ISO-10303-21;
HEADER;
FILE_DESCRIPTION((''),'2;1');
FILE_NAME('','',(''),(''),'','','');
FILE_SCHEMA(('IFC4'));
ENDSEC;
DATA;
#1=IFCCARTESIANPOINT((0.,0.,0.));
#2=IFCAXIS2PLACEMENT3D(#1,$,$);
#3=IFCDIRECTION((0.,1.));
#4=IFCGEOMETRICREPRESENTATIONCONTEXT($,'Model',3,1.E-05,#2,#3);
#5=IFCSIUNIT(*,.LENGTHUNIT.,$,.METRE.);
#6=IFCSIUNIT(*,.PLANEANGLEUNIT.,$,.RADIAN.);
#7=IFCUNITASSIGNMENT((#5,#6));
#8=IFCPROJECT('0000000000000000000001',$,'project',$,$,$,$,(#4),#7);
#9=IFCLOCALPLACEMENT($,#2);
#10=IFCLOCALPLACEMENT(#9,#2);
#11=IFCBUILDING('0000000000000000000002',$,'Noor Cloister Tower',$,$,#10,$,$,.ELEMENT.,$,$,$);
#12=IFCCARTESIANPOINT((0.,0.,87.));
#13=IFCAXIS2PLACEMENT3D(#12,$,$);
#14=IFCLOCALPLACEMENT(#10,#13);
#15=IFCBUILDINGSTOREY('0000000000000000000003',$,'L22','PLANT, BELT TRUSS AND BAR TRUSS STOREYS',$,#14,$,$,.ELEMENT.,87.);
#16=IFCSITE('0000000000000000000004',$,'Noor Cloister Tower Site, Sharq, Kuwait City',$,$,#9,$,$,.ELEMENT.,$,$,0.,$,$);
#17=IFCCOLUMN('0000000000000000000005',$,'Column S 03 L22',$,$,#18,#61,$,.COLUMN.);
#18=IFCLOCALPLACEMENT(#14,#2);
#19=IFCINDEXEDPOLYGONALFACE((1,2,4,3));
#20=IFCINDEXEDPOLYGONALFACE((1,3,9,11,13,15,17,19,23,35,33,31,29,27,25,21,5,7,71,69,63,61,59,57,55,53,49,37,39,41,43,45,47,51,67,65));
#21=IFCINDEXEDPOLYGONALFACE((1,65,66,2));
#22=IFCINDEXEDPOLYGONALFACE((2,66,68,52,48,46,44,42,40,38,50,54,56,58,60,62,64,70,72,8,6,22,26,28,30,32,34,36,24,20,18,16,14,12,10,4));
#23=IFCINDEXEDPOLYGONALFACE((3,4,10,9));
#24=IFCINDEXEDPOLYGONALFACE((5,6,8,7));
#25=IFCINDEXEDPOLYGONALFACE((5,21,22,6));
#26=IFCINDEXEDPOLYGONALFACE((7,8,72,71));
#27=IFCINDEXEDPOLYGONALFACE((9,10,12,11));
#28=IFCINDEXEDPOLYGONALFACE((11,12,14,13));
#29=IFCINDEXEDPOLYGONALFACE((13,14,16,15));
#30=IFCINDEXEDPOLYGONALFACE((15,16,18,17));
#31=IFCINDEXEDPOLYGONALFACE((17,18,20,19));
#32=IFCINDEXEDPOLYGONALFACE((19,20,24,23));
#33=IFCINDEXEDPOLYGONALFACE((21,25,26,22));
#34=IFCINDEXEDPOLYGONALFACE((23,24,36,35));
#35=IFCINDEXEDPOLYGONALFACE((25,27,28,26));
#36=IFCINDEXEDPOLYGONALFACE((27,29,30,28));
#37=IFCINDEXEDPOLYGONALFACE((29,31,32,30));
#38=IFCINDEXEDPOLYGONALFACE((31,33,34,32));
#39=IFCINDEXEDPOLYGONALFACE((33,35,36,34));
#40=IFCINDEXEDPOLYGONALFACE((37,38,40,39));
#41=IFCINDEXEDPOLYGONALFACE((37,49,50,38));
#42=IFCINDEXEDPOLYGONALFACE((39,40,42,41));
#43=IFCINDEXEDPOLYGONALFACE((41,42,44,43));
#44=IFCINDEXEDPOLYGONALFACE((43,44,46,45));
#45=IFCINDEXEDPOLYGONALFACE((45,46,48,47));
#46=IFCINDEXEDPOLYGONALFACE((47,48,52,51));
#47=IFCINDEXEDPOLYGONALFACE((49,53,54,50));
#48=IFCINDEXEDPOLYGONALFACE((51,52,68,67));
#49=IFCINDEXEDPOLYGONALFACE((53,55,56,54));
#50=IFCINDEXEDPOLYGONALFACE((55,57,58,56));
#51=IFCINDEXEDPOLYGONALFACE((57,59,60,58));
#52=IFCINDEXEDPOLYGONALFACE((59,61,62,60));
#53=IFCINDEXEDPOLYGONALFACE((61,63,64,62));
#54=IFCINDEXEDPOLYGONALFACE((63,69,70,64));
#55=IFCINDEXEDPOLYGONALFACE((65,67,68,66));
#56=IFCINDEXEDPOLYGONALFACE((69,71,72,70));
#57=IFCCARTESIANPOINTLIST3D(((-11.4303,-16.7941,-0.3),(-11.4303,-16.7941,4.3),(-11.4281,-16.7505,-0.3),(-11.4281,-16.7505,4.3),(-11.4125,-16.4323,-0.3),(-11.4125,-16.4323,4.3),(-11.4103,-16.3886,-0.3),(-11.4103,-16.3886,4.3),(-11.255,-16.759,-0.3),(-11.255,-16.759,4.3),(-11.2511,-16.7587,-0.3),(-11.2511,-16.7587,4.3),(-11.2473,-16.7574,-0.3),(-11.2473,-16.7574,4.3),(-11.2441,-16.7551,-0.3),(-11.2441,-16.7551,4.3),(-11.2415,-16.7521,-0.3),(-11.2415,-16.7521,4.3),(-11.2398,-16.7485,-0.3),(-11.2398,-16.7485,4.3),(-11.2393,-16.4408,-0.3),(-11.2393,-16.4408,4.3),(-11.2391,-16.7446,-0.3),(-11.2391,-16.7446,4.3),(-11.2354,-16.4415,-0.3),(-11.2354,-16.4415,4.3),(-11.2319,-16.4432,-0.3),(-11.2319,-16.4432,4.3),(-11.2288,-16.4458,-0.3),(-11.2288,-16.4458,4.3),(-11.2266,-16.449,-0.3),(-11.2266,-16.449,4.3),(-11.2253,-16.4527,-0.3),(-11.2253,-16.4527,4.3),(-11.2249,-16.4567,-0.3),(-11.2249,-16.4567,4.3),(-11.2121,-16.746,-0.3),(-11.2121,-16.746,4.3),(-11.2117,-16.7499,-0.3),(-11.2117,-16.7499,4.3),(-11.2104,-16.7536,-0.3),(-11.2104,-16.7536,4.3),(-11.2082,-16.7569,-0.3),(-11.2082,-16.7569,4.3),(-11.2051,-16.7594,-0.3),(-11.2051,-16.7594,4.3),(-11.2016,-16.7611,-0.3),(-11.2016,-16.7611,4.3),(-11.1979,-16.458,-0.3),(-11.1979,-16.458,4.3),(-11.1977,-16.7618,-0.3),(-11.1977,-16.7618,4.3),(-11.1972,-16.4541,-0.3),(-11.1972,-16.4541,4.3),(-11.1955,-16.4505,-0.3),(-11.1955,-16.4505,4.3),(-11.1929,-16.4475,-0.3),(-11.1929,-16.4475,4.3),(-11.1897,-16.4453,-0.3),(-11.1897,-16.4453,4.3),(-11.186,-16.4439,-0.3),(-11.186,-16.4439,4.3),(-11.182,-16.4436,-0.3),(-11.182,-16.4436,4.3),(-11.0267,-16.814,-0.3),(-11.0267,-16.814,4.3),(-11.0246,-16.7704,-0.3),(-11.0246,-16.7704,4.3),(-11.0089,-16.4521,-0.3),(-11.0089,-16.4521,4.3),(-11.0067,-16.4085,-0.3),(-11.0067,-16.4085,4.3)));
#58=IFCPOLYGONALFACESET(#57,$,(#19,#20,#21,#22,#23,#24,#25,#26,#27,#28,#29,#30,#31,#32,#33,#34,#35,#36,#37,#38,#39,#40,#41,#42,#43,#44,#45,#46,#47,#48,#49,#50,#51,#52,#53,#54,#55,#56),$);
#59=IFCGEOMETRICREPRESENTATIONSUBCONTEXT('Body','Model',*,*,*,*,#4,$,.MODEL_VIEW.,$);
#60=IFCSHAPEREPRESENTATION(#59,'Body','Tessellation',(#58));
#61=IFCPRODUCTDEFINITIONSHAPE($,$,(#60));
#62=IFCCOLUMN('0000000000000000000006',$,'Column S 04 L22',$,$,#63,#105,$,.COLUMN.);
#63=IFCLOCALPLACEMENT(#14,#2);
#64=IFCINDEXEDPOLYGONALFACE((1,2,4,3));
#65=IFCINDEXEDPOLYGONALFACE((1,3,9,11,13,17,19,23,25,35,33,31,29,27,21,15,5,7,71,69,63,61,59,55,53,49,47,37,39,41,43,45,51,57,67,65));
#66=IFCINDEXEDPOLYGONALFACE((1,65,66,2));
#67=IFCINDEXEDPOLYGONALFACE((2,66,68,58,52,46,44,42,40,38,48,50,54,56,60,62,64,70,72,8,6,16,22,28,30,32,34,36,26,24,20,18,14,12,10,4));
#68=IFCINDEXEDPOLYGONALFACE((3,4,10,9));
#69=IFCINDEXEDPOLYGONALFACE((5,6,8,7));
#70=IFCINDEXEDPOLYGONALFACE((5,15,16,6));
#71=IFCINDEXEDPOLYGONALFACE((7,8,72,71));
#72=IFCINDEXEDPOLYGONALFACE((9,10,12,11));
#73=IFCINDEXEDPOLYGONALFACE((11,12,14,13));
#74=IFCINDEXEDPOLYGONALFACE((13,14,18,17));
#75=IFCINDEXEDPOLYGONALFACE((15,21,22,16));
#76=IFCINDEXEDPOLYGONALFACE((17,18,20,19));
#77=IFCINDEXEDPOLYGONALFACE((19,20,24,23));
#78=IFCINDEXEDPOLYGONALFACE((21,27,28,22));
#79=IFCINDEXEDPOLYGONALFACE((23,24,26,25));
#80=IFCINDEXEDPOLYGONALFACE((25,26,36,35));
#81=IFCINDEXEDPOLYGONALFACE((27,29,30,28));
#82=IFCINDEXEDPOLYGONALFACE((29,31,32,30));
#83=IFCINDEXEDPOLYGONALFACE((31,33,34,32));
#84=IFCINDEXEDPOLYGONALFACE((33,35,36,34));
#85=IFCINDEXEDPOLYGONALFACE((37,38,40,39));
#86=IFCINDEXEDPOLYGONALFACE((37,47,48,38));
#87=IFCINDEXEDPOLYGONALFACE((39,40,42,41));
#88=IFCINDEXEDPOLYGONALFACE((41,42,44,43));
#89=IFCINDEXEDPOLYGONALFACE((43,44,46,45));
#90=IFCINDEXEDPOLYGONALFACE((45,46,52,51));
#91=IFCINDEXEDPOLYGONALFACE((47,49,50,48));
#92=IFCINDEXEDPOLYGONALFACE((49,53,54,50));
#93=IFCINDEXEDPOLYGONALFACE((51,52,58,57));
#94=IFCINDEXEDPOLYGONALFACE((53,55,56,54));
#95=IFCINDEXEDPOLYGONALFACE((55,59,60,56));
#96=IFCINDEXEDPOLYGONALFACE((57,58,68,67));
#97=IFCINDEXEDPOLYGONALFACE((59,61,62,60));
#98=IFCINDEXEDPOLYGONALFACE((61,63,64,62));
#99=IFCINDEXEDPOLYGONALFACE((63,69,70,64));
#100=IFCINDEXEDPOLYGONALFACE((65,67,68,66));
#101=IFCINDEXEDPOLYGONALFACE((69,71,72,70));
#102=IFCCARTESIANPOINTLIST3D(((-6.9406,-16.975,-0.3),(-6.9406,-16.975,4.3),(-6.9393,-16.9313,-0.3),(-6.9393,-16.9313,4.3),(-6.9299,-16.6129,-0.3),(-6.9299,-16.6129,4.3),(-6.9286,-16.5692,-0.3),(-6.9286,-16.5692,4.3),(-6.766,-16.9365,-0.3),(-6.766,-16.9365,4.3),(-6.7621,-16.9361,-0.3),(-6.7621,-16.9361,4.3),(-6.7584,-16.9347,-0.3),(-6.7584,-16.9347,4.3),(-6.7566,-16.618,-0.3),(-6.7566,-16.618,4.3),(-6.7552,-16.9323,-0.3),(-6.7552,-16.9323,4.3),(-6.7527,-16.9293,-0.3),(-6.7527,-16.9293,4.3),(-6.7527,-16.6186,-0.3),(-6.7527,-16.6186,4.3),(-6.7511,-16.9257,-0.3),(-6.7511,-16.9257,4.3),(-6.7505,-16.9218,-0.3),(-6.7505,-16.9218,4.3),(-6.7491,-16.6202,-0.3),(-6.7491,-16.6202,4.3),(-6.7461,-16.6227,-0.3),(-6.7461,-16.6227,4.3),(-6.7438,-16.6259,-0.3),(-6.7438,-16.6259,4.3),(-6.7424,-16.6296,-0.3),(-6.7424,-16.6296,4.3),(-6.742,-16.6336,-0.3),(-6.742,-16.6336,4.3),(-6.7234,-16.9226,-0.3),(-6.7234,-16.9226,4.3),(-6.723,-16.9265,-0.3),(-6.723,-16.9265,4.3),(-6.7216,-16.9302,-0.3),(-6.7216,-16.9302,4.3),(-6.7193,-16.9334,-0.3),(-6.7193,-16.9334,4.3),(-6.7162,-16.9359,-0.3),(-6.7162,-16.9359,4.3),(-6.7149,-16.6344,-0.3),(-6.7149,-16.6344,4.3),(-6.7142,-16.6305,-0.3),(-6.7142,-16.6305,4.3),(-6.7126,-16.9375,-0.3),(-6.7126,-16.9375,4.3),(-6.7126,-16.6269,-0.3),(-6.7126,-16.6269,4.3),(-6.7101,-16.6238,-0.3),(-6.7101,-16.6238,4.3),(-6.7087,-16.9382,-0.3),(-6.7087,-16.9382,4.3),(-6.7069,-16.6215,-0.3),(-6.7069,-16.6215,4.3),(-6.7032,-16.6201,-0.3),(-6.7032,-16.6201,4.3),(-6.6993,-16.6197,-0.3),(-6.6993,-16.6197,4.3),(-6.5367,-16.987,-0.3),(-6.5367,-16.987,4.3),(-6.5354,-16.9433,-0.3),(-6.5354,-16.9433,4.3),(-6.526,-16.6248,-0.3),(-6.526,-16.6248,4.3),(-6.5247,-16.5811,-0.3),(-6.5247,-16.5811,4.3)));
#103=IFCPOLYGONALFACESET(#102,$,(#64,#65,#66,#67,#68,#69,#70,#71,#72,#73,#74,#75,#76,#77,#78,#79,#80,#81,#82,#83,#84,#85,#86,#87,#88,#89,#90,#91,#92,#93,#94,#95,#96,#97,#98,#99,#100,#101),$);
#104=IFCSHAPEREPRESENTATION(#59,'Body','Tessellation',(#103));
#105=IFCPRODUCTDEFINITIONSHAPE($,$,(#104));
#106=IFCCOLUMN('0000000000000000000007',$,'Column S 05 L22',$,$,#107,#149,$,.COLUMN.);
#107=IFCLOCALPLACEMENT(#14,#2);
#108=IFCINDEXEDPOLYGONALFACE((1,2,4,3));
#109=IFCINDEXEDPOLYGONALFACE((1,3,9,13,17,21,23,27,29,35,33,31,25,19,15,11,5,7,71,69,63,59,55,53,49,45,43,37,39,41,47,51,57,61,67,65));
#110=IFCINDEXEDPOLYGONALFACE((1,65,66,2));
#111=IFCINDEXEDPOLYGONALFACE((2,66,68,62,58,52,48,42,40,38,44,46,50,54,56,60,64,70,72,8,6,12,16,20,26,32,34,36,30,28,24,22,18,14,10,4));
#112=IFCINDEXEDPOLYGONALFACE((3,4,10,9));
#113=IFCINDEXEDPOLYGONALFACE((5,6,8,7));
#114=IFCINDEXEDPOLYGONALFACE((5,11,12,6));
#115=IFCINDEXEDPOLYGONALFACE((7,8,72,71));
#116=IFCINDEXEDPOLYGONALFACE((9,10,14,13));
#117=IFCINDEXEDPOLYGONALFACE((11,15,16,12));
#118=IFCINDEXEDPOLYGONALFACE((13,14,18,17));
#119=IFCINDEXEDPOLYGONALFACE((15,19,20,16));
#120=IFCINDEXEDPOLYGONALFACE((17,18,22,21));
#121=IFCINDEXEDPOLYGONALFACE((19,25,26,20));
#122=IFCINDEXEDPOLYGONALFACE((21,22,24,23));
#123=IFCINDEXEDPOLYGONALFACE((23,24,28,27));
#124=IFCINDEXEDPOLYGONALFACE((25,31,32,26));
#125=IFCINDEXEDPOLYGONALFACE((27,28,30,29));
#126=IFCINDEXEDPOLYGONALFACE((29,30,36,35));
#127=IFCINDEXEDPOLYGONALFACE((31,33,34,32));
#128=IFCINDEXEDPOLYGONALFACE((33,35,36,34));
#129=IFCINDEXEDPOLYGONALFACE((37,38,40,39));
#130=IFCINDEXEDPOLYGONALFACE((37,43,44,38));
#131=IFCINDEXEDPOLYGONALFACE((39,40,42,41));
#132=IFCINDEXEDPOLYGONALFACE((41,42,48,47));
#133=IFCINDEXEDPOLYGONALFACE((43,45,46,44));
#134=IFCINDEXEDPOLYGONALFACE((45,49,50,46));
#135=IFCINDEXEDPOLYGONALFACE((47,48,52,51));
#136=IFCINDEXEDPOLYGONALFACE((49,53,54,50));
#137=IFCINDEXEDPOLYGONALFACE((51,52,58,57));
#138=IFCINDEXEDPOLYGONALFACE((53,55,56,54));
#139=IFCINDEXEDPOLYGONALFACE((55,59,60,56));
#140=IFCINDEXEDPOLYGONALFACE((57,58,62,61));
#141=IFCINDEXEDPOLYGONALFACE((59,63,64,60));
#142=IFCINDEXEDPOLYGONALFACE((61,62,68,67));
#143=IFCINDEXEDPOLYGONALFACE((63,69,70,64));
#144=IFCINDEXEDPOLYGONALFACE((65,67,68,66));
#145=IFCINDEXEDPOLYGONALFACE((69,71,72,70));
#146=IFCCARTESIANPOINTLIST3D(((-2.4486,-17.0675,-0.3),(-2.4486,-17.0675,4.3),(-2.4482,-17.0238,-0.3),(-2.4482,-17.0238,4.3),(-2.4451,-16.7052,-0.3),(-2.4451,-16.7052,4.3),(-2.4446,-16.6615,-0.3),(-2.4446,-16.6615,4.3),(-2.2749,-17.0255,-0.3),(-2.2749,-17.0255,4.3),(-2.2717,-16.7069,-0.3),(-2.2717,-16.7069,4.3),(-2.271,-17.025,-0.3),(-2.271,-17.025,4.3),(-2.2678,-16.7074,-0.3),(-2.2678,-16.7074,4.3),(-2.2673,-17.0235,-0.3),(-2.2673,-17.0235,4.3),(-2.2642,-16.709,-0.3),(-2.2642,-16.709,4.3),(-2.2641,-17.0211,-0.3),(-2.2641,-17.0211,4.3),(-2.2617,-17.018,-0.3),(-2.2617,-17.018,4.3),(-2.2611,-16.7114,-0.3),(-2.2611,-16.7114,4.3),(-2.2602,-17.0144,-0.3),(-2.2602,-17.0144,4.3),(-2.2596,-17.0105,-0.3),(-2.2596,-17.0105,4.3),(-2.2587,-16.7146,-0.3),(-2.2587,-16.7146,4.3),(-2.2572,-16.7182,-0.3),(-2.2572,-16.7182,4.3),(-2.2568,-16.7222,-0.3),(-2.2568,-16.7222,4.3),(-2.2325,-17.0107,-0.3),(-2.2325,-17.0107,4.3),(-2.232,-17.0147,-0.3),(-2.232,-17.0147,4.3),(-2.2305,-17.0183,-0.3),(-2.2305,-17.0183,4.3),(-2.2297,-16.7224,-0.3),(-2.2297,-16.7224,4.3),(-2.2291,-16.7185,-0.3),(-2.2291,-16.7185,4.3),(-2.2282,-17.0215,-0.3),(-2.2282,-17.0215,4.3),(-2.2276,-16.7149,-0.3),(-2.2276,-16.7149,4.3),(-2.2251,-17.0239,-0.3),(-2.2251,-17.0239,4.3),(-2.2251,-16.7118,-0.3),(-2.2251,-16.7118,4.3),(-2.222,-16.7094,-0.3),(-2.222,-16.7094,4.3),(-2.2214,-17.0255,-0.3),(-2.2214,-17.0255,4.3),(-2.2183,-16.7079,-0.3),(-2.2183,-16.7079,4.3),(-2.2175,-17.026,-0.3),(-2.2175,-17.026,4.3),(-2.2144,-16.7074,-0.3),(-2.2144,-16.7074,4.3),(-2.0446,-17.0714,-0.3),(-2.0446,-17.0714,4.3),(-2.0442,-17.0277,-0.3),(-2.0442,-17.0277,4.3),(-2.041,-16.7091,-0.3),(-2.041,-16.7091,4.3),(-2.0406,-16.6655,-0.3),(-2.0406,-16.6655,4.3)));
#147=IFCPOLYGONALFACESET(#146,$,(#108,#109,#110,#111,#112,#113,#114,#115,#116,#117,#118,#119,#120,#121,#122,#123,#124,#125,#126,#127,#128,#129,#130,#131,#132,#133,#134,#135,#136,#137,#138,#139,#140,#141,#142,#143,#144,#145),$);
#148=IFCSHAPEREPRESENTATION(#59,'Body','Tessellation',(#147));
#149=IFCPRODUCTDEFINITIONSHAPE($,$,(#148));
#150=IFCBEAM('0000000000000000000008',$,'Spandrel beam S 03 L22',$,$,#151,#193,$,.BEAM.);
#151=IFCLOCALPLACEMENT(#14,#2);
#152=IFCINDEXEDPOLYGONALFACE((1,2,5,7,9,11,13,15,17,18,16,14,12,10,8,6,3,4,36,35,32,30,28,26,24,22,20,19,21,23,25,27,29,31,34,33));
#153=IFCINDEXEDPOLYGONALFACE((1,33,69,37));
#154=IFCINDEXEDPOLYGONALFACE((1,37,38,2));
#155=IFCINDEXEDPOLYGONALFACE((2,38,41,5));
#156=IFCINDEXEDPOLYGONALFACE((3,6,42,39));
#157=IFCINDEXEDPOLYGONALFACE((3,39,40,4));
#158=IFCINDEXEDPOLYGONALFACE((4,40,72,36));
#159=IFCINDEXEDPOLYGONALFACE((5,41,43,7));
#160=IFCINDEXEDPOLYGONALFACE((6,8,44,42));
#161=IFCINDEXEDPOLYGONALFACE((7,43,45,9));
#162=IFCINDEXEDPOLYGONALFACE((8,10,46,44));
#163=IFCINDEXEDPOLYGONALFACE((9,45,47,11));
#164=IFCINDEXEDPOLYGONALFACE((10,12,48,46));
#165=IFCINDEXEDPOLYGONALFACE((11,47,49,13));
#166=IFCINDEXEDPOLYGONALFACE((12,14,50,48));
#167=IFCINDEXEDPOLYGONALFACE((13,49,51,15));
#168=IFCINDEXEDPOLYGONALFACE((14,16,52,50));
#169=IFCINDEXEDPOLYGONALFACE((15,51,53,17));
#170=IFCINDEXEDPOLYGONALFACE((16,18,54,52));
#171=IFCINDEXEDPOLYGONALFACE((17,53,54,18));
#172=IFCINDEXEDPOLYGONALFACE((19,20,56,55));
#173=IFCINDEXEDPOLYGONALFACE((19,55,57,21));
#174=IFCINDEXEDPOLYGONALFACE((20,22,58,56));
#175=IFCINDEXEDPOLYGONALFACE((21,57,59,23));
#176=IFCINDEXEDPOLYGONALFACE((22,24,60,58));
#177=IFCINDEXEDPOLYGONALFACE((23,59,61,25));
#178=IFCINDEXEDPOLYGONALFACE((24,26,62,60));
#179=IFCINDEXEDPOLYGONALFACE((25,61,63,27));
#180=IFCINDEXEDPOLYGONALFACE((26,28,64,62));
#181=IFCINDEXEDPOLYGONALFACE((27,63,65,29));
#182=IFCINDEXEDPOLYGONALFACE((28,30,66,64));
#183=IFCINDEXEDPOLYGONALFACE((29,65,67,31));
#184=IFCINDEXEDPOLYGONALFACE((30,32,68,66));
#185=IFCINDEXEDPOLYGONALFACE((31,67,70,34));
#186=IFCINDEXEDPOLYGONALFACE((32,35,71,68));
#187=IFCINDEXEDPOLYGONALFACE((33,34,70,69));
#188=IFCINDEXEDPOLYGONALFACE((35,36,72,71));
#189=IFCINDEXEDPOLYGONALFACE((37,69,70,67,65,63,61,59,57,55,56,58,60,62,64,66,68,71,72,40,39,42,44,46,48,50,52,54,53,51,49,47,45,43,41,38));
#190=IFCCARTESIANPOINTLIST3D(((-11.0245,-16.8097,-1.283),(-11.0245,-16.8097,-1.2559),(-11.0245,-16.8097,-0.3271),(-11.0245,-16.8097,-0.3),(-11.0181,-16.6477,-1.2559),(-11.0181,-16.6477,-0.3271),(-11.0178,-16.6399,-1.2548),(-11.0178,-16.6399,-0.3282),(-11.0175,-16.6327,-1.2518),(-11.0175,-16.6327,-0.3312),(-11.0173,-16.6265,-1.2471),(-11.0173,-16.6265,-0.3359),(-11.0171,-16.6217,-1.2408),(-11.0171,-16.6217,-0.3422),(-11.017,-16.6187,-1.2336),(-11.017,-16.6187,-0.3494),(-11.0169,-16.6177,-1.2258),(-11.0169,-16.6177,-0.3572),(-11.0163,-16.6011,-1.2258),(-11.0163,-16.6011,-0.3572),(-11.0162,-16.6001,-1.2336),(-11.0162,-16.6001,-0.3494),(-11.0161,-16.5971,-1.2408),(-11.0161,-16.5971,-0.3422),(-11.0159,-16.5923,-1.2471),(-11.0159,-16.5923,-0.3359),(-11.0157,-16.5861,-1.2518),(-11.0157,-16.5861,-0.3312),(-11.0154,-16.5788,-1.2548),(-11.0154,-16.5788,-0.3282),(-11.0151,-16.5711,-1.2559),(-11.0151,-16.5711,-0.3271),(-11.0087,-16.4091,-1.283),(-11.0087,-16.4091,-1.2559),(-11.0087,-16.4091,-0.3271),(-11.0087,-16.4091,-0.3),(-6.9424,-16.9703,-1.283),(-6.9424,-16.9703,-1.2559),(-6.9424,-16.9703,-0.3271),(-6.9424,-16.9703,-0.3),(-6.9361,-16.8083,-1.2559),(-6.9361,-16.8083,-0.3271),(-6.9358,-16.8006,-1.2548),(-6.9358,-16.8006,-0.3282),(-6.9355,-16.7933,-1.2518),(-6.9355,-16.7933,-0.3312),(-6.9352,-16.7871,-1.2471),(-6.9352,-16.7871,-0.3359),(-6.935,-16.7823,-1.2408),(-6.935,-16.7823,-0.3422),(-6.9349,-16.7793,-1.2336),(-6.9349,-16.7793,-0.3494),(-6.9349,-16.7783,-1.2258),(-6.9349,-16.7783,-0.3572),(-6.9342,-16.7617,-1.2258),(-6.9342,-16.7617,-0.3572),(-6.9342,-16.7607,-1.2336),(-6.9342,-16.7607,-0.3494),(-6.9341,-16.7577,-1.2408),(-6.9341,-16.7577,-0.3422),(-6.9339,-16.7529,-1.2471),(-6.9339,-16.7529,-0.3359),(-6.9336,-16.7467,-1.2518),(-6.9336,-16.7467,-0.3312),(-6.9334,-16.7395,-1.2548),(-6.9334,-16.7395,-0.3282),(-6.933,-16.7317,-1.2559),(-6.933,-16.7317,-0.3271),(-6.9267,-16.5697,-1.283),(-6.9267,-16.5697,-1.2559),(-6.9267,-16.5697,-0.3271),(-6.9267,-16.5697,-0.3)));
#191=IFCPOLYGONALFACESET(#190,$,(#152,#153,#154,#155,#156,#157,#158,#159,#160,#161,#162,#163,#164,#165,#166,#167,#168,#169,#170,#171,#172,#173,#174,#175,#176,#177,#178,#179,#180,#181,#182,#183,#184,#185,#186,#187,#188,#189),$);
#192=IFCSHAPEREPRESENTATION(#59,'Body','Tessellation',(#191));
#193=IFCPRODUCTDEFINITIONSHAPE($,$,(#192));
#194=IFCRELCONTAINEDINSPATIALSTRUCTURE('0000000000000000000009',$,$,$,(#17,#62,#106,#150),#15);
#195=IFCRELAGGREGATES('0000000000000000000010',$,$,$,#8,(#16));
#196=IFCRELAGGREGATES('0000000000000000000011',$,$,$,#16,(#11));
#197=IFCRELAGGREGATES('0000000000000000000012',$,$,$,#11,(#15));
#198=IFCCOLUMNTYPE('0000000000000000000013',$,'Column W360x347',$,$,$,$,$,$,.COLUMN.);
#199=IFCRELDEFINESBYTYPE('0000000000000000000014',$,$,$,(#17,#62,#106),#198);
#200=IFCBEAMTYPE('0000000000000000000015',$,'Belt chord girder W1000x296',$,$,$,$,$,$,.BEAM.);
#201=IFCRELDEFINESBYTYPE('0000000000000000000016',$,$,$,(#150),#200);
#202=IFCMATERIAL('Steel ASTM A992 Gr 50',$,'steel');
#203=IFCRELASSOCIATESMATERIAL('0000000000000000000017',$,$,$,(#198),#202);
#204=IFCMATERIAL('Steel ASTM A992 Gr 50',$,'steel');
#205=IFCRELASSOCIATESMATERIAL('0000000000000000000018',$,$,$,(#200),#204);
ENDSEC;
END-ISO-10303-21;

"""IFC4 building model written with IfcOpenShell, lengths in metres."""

from ifc_helpers import new_model, si_unit, direction, frame, origin, origin_2d, place, context, subcontext, project, spatial, i_section, extrude, material, material_profile, profile_set, type_object, element, save


model = new_model("IFC4")

# Units and contexts
model_context = context("Model", 3, precision=1e-05, world=origin(), true_north=direction((0.0, 1.0)))
body_context = subcontext(model_context, "Body", "Model", "MODEL_VIEW")
ifc_project = project(units=[si_unit("LENGTHUNIT", "METRE"), si_unit("PLANEANGLEUNIT", "RADIAN")], contexts=[model_context])

# Site, building, storey
site_placement = place(None, origin())
site = spatial("IfcSite", under=ifc_project, at=site_placement, Name="Noor Cloister Tower Site, Sharq, Kuwait City", CompositionType="ELEMENT", RefElevation=0.0)
building_placement = place(site_placement, origin())
building = spatial("IfcBuilding", under=site, at=building_placement, Name="Noor Cloister Tower", CompositionType="ELEMENT")
storey_placement = place(building_placement, frame((0.0, 0.0, 87.0)))
storey = spatial("IfcBuildingStorey", under=building, at=storey_placement, Name="L22", Description="PLANT, BELT TRUSS AND BAR TRUSS STOREYS", CompositionType="ELEMENT", Elevation=87.0)

# Columns
ifc_material_1 = material(Name="Steel ASTM A992 Gr 50", Category="steel")
ifc_material_profile_1 = material_profile(ifc_material_1, i_section(OverallWidth=0.4041, OverallDepth=0.406, WebThickness=0.0271, FlangeThickness=0.0437, FilletRadius=0.0151, at=origin_2d()), Name="W360x347")
ifc_profile_set_1 = profile_set([ifc_material_profile_1], Name="Steel ASTM A992 Gr 50")
column_type = type_object("IfcColumnType", Name="Column W360x347", PredefinedType="COLUMN", material=ifc_profile_set_1)
for number, where, z_axis, x_axis, name in (
    (1, (-11.2185, -16.6013, -0.3), (0.0, 0.0, 1.0), (0.99879, -0.049188, 0.0), "Column S 03 L22"),
    (2, (-6.7327, -16.7781, -0.3), (0.0, 0.0, 1.0), (0.999564, -0.029521, 0.0), "Column S 04 L22"),
    (3, (-2.2446, -16.8665, -0.3), (0.0, 0.0, 1.0), (0.999952, -0.009841, 0.0), "Column S 05 L22"),
):
    element("IfcColumn", number, at=place(storey_placement, frame(where, z_axis=z_axis, x_axis=x_axis)), inside=storey, type_object=column_type, Name=name, PredefinedType="COLUMN", context=body_context, shape_type="SweptSolid", body=[
        extrude(i_section(OverallWidth=0.4041, OverallDepth=0.406, WebThickness=0.0271, FlangeThickness=0.0437, FilletRadius=0.0151, at=origin_2d()), origin(), (0.0, 0.0, 1.0), 4.6001),
    ])

# Beam
ifc_material_2 = material(Name="Steel ASTM A992 Gr 50", Category="steel")
ifc_material_profile_2 = material_profile(ifc_material_2, i_section(OverallWidth=0.4009, OverallDepth=0.9829, WebThickness=0.0166, FlangeThickness=0.0271, FilletRadius=0.03, at=origin_2d()), Name="W1000x296")
ifc_profile_set_2 = profile_set([ifc_material_profile_2], Name="Steel ASTM A992 Gr 50")
beam_type_1 = type_object("IfcBeamType", Name="Belt chord girder W1000x296", PredefinedType="BEAM", material=ifc_profile_set_2)
beam_1_placement = place(storey_placement, frame((-11.0166, -16.6094, -0.7915), z_axis=(0.999227, -0.039324, 0.0), x_axis=(0.039324, 0.999227, 0.0)))
element("IfcBeam", 4, at=beam_1_placement, inside=storey, type_object=beam_type_1, Name="Spandrel beam S 03 L22", PredefinedType="BEAM", context=body_context, shape_type="SweptSolid", body=[
    extrude(i_section(OverallWidth=0.4009, OverallDepth=0.9829, WebThickness=0.0166, FlangeThickness=0.0271, FilletRadius=0.03, at=origin_2d()), origin(), (0.0, 0.0, 1.0), 4.0852),
])

save(model, "model.ifc")
